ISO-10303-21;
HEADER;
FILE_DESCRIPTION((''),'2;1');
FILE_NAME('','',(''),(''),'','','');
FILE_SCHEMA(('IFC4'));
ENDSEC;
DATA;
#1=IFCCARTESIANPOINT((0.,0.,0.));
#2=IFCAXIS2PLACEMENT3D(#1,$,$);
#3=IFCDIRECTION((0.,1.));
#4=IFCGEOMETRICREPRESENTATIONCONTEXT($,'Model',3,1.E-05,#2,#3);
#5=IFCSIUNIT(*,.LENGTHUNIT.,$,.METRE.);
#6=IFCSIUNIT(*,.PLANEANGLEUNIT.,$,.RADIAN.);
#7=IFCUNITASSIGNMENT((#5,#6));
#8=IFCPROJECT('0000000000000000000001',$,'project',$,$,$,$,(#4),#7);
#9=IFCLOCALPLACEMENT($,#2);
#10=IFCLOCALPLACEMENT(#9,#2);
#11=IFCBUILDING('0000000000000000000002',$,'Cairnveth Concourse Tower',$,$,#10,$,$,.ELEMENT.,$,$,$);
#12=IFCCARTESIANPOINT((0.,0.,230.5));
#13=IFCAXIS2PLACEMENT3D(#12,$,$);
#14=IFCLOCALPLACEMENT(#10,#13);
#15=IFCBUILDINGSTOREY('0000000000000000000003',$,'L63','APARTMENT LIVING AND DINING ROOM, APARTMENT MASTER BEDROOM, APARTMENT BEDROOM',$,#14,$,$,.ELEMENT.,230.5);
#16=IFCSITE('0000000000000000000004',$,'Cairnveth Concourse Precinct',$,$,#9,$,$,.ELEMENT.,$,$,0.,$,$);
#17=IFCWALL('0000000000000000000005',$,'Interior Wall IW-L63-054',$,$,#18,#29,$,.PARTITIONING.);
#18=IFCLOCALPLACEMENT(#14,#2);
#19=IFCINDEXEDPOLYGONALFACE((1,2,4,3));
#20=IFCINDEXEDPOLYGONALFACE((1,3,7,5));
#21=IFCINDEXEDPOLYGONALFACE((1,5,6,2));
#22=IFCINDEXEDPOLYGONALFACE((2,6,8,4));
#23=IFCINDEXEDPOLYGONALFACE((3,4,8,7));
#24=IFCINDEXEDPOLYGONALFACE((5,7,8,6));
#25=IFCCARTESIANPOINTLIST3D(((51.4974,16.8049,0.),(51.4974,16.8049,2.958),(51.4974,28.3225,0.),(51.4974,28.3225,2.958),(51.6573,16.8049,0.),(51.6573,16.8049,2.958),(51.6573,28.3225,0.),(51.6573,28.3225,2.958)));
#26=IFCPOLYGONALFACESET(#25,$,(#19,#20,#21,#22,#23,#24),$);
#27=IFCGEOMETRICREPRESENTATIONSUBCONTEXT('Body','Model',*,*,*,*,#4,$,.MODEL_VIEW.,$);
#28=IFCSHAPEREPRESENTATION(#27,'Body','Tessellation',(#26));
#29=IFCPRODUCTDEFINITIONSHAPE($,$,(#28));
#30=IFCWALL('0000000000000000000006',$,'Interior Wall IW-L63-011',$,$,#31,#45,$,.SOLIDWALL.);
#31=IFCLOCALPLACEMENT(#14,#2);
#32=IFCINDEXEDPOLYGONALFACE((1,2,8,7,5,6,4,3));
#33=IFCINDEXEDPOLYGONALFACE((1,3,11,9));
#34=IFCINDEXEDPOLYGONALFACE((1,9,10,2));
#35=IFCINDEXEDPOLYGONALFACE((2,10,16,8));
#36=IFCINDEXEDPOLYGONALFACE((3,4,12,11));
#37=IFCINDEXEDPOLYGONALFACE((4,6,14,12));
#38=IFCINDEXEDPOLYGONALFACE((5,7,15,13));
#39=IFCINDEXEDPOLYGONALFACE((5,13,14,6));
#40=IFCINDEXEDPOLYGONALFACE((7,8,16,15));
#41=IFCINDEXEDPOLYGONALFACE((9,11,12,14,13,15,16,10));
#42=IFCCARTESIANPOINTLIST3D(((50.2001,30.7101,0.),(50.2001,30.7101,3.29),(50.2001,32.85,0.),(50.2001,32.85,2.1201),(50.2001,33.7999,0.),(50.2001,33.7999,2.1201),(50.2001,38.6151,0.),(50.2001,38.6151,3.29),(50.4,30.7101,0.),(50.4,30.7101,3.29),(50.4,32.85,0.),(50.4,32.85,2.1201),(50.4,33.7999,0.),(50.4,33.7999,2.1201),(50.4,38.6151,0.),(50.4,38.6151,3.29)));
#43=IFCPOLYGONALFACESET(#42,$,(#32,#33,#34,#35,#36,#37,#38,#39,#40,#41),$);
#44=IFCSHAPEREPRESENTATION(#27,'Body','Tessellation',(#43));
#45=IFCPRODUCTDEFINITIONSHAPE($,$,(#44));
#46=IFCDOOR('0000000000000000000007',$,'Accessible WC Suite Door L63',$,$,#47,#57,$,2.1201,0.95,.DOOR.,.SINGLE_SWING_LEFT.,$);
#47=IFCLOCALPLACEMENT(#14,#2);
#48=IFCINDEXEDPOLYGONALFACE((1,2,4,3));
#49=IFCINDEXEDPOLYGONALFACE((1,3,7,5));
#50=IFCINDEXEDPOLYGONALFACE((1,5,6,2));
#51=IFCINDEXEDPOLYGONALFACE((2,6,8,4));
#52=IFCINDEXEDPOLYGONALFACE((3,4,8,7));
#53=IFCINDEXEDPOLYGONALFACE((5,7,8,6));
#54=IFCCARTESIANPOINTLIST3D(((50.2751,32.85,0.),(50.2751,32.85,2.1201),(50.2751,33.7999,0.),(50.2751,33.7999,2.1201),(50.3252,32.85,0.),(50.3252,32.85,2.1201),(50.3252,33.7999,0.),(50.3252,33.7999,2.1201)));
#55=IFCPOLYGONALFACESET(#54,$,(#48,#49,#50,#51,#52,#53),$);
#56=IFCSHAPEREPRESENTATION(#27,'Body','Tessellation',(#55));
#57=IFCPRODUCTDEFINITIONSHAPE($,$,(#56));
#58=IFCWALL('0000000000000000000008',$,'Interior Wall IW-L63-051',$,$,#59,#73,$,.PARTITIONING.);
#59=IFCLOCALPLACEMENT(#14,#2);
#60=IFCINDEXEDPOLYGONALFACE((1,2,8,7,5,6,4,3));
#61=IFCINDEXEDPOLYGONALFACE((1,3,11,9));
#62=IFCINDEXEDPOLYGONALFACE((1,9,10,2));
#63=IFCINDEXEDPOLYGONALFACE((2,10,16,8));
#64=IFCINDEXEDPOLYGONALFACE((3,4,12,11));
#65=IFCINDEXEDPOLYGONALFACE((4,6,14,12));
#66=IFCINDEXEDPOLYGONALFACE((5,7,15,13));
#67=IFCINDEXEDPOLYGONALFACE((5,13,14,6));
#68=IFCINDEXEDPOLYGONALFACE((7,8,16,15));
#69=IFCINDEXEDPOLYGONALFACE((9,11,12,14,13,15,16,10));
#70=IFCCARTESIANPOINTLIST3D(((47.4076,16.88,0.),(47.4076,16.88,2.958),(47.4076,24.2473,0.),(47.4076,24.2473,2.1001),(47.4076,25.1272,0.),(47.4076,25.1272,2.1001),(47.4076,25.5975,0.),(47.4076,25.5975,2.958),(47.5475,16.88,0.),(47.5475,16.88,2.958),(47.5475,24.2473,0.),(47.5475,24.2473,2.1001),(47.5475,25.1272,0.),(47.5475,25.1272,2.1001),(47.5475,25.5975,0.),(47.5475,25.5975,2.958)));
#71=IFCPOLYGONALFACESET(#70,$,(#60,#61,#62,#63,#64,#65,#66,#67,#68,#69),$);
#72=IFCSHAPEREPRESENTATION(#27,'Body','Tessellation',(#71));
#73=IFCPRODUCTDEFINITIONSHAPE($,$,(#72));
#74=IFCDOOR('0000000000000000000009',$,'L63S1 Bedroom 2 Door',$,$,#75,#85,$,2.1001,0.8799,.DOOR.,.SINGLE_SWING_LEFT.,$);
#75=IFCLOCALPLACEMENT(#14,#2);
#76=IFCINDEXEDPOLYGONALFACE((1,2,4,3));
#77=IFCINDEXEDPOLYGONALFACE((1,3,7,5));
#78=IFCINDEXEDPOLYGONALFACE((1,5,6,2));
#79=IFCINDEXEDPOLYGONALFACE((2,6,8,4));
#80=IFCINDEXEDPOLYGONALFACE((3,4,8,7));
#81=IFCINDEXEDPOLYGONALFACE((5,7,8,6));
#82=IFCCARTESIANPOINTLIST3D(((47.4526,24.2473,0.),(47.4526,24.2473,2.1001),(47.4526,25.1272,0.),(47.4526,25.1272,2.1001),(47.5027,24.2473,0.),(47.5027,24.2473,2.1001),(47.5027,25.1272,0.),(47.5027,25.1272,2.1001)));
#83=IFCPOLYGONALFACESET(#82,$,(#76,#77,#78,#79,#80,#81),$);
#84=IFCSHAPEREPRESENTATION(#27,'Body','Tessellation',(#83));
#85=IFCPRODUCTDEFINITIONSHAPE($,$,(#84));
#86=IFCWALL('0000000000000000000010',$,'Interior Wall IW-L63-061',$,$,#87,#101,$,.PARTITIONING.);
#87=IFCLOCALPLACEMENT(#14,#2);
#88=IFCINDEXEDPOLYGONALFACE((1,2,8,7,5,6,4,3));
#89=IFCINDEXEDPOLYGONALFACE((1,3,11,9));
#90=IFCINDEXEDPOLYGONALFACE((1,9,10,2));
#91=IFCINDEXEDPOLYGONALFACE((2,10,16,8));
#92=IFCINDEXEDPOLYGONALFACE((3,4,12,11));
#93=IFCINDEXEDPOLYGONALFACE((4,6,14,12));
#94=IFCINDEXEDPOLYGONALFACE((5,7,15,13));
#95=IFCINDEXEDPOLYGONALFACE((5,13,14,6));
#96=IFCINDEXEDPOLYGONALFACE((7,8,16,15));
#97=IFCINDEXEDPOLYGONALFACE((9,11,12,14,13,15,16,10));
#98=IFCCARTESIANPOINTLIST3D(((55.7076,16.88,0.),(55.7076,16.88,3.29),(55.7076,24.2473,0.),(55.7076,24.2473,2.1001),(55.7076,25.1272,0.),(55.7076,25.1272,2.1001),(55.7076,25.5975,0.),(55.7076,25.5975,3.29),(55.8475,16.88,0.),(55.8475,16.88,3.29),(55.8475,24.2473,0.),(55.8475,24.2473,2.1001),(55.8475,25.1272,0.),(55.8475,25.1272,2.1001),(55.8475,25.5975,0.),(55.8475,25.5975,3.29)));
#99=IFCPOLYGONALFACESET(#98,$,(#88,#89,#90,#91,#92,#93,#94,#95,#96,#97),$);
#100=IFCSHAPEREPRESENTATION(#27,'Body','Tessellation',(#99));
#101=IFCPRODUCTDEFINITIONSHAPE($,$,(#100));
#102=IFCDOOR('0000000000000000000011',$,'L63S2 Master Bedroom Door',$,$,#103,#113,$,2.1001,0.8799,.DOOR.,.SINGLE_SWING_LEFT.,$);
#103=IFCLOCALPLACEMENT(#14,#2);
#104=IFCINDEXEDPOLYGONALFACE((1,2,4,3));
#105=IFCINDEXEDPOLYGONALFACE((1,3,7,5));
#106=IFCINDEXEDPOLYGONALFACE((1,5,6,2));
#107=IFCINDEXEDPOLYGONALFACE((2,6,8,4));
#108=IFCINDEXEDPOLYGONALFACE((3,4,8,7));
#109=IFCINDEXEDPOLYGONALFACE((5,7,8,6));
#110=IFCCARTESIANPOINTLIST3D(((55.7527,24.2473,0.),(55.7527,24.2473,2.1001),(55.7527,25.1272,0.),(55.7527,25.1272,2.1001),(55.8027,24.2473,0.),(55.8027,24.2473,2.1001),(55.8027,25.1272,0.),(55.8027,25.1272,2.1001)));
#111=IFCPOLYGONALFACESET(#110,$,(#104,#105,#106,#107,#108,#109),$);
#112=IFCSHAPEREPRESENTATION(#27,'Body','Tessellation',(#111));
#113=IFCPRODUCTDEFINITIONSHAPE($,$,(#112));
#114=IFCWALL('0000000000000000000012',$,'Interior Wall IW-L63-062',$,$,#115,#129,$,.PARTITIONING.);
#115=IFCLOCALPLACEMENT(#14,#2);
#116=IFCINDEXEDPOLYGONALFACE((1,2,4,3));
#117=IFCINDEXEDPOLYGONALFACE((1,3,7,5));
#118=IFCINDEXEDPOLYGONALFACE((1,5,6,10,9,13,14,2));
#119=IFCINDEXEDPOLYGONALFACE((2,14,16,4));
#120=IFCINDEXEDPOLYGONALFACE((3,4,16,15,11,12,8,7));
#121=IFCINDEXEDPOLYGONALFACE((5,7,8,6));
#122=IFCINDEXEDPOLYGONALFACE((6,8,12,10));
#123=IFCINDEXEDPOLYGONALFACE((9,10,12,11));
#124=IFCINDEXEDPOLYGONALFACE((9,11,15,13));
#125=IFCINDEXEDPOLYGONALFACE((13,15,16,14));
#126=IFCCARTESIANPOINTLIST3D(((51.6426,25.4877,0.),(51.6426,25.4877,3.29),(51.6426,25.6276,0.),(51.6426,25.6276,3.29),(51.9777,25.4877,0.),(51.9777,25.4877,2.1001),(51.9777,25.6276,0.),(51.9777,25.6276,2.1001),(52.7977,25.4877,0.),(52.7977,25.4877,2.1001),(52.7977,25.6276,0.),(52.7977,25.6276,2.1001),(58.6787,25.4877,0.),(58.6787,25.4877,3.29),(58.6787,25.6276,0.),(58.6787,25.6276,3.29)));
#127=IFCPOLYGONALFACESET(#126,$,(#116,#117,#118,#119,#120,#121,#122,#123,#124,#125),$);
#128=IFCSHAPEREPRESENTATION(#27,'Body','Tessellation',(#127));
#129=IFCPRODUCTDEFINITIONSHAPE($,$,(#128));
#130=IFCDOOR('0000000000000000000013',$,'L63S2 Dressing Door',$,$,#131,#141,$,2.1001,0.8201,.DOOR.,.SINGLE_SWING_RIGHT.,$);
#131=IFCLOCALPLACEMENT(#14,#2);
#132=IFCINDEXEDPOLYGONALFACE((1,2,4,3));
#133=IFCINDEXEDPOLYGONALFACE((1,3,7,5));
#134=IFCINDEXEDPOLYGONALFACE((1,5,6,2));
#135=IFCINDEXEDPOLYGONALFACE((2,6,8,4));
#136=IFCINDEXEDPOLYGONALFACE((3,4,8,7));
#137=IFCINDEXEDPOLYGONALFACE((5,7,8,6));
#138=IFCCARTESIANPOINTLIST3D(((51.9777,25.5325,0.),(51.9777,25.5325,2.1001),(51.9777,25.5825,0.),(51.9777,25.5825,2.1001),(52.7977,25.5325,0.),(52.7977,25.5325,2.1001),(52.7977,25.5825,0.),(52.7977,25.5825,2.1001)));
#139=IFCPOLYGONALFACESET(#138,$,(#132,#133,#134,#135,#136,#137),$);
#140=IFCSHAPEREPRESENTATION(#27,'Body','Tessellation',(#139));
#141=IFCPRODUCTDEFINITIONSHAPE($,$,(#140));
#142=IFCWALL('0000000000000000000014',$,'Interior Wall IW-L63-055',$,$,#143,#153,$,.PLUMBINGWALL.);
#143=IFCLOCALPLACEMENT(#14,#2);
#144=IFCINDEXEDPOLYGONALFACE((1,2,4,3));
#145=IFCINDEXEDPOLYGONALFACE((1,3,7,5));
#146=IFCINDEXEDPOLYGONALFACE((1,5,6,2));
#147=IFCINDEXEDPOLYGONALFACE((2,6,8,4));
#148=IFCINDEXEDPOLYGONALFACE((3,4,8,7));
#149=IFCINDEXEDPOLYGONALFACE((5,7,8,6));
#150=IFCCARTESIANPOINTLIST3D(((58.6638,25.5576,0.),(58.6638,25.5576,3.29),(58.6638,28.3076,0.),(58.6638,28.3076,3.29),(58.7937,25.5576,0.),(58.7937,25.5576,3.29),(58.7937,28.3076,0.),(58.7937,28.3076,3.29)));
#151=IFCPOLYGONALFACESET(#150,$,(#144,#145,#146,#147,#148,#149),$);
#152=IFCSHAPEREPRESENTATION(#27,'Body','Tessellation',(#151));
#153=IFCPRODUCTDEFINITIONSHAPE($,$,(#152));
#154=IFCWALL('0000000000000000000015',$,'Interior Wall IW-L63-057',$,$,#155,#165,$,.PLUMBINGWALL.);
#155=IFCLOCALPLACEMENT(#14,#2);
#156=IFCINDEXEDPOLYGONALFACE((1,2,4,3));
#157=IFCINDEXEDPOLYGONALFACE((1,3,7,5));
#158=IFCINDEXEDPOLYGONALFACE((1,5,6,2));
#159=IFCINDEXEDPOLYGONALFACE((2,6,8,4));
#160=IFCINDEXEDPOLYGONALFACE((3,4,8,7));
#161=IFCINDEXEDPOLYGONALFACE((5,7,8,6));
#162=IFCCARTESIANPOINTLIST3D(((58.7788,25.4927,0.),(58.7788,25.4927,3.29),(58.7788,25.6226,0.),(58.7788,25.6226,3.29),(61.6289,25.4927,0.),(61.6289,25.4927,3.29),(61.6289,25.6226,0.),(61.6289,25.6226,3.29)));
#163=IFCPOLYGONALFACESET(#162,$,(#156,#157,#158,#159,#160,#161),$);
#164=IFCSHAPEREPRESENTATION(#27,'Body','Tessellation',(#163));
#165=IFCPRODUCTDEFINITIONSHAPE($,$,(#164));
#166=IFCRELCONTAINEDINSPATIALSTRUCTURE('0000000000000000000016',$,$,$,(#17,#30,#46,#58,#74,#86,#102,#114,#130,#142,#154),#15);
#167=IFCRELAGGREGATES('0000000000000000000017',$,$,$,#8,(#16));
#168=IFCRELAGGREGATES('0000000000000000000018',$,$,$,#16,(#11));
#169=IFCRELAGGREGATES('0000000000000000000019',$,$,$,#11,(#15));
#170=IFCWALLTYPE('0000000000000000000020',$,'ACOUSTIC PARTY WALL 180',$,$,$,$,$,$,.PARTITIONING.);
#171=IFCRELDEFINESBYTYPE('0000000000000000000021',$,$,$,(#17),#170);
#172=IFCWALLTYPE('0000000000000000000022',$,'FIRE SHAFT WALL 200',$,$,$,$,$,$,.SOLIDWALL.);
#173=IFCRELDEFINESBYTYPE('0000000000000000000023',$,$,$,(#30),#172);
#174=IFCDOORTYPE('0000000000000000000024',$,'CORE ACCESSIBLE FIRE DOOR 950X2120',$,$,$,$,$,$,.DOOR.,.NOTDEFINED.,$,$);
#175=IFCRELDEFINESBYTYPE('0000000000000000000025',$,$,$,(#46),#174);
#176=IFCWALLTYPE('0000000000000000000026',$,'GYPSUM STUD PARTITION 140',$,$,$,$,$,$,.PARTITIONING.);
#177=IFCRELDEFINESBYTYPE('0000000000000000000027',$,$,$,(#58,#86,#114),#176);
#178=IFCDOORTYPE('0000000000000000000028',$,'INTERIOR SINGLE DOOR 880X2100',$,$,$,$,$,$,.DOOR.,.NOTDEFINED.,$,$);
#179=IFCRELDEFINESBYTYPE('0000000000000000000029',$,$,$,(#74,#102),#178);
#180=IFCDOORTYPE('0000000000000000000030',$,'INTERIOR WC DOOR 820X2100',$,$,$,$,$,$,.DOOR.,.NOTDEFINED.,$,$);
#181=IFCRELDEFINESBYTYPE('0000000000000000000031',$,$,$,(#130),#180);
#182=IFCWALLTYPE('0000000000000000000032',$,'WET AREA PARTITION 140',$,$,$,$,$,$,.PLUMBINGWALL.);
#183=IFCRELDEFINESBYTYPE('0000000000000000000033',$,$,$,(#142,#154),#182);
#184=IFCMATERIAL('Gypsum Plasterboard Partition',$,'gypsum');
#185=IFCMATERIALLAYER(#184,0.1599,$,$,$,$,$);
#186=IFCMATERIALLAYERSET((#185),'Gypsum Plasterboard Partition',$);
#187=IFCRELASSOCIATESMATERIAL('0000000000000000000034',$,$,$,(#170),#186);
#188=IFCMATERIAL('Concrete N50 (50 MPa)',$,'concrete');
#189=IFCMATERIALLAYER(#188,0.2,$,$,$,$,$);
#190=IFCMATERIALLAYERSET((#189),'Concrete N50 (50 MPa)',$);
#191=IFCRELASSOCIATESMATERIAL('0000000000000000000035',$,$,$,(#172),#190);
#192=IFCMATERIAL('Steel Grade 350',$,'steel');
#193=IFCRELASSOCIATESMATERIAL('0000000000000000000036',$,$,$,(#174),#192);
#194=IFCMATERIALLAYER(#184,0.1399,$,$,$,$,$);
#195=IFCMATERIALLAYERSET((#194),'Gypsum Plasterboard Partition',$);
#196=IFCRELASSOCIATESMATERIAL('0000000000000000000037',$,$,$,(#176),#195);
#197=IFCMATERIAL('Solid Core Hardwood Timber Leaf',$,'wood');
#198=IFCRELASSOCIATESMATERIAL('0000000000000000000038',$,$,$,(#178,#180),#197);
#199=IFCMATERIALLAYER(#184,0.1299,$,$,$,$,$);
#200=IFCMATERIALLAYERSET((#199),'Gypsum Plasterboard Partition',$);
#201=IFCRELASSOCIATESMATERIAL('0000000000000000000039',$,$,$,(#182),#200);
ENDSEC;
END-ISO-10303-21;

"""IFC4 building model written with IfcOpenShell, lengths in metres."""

from ifc_helpers import new_model, si_unit, direction, frame, frame_2d, origin, place, context, subcontext, project, spatial, rectangle, extrude, material, layer, layer_set, type_object, element, fill, save


model = new_model("IFC4")

# Units and contexts
model_context = context("Model", 3, precision=1e-05, world=origin(), true_north=direction((0.0, 1.0)))
body_context = subcontext(model_context, "Body", "Model", "MODEL_VIEW")
ifc_project = project(units=[si_unit("LENGTHUNIT", "METRE"), si_unit("PLANEANGLEUNIT", "RADIAN")], contexts=[model_context])

# Site, building, storey
site_placement = place(None, origin())
site = spatial("IfcSite", under=ifc_project, at=site_placement, Name="Cairnveth Concourse Precinct", CompositionType="ELEMENT", RefElevation=0.0)
building_placement = place(site_placement, origin())
building = spatial("IfcBuilding", under=site, at=building_placement, Name="Cairnveth Concourse Tower", CompositionType="ELEMENT")
storey_placement = place(building_placement, frame((0.0, 0.0, 230.5)))
storey = spatial("IfcBuildingStorey", under=building, at=storey_placement, Name="L63", Description="APARTMENT LIVING AND DINING ROOM, APARTMENT MASTER BEDROOM, APARTMENT BEDROOM", CompositionType="ELEMENT", Elevation=230.5)

# Shared definitions
ifc_material_1 = material(Name="Steel Grade 350", Category="steel")

# Shared definitions
ifc_material_2 = material(Name="Gypsum Plasterboard Partition", Category="gypsum")
ifc_layer_1 = layer(ifc_material_2, 0.1599)
ifc_layer_set_1 = layer_set([ifc_layer_1], Name="Gypsum Plasterboard Partition")
wall_type_1 = type_object("IfcWallType", Name="ACOUSTIC PARTY WALL 180", PredefinedType="PARTITIONING", material=ifc_layer_set_1)

# Wall
wall_1_placement = place(storey_placement, frame((51.5774, 16.8049, 0.0), z_axis=(0.0, 0.0, 1.0), x_axis=(0.0, 1.0, 0.0)))
element("IfcWall", 1, at=wall_1_placement, inside=storey, type_object=wall_type_1, Name="Interior Wall IW-L63-054", PredefinedType="PARTITIONING", context=body_context, shape_type="SweptSolid", body=[
    extrude(rectangle(XDim=11.5176, YDim=0.1599, at=frame_2d((5.7588, 0.0))), origin(), (0.0, 0.0, 1.0), 2.958),
])

# Walls, openings, doors
ifc_material_3 = material(Name="Concrete N50 (50 MPa)", Category="concrete")
ifc_layer_2 = layer(ifc_material_3, 0.2)
ifc_layer_set_2 = layer_set([ifc_layer_2], Name="Concrete N50 (50 MPa)")
wall_type_2 = type_object("IfcWallType", Name="FIRE SHAFT WALL 200", PredefinedType="SOLIDWALL", material=ifc_layer_set_2)
wall_2_placement = place(storey_placement, frame((50.3, 30.71, 0.0), z_axis=(0.0, 0.0, 1.0), x_axis=(0.0, 1.0, 0.0)))
wall_2 = element("IfcWall", 2, at=wall_2_placement, inside=storey, type_object=wall_type_2, Name="Interior Wall IW-L63-011", PredefinedType="SOLIDWALL", context=body_context, shape_type="SweptSolid", body=[
    extrude(rectangle(XDim=7.905, YDim=0.2, at=frame_2d((3.9526, 0.0))), origin(), (0.0, 0.0, 1.0), 3.29),
])
opening_1_placement = place(wall_2_placement, frame((2.1399, 0.0, 0.0)))
opening_1 = element("IfcOpeningElement", 3, at=opening_1_placement, cuts=wall_2, PredefinedType="OPENING", context=body_context, shape_type="SweptSolid", body=[
    extrude(rectangle(XDim=0.95, YDim=2.1201, at=frame_2d((0.4751, 1.0601))), frame((0.0, 0.1099, 0.0), z_axis=(0.0, -1.0, 0.0), x_axis=(1.0, 0.0, 0.0)), (0.0, 0.0, 1.0), 0.22),
])
door_type_1 = type_object("IfcDoorType", Name="CORE ACCESSIBLE FIRE DOOR 950X2120", OperationType="NOTDEFINED", PredefinedType="DOOR", material=ifc_material_1)
door_1_placement = place(opening_1_placement, origin())
door_1 = element("IfcDoor", 4, at=door_1_placement, inside=storey, type_object=door_type_1, Name="Accessible WC Suite Door L63", OperationType="SINGLE_SWING_LEFT", OverallHeight=2.1201, OverallWidth=0.95, PredefinedType="DOOR", context=body_context, shape_type="SweptSolid", body=[
    extrude(rectangle(XDim=0.95, YDim=2.1201, at=frame_2d((0.4751, 1.0601))), frame((0.0, 0.0249, 0.0), z_axis=(0.0, -1.0, 0.0), x_axis=(1.0, 0.0, 0.0)), (0.0, 0.0, 1.0), 0.05),
])
fill(opening_1, door_1)
ifc_layer_3 = layer(ifc_material_2, 0.1399)
ifc_layer_set_3 = layer_set([ifc_layer_3], Name="Gypsum Plasterboard Partition")
wall_type_3 = type_object("IfcWallType", Name="GYPSUM STUD PARTITION 140", PredefinedType="PARTITIONING", material=ifc_layer_set_3)
wall_3_placement = place(storey_placement, frame((47.4775, 16.8799, 0.0), z_axis=(0.0, 0.0, 1.0), x_axis=(0.0, 1.0, 0.0)))
wall_3 = element("IfcWall", 5, at=wall_3_placement, inside=storey, type_object=wall_type_3, Name="Interior Wall IW-L63-051", PredefinedType="PARTITIONING", context=body_context, shape_type="SweptSolid", body=[
    extrude(rectangle(XDim=8.7175, YDim=0.1399, at=frame_2d((4.3589, 0.0))), origin(), (0.0, 0.0, 1.0), 2.958),
])
opening_2_placement = place(wall_3_placement, frame((7.3674, 0.0, 0.0)))
opening_2 = element("IfcOpeningElement", 6, at=opening_2_placement, cuts=wall_3, PredefinedType="OPENING", context=body_context, shape_type="SweptSolid", body=[
    extrude(rectangle(XDim=0.8799, YDim=2.1001, at=frame_2d((0.4399, 1.05))), frame((0.0, 0.0798, 0.0), z_axis=(0.0, -1.0, 0.0), x_axis=(1.0, 0.0, 0.0)), (0.0, 0.0, 1.0), 0.1599),
])
ifc_material_4 = material(Name="Solid Core Hardwood Timber Leaf", Category="wood")
door_type_2 = type_object("IfcDoorType", Name="INTERIOR SINGLE DOOR 880X2100", OperationType="NOTDEFINED", PredefinedType="DOOR", material=ifc_material_4)
door_2_placement = place(opening_2_placement, origin())
door_2 = element("IfcDoor", 7, at=door_2_placement, inside=storey, type_object=door_type_2, Name="L63S1 Bedroom 2 Door", OperationType="SINGLE_SWING_LEFT", OverallHeight=2.1001, OverallWidth=0.8799, PredefinedType="DOOR", context=body_context, shape_type="SweptSolid", body=[
    extrude(rectangle(XDim=0.8799, YDim=2.1001, at=frame_2d((0.4399, 1.05))), frame((0.0, 0.0249, 0.0), z_axis=(0.0, -1.0, 0.0), x_axis=(1.0, 0.0, 0.0)), (0.0, 0.0, 1.0), 0.05),
])
fill(opening_2, door_2)
wall_4_placement = place(storey_placement, frame((55.7776, 16.8799, 0.0), z_axis=(0.0, 0.0, 1.0), x_axis=(0.0, 1.0, 0.0)))
wall_4 = element("IfcWall", 8, at=wall_4_placement, inside=storey, type_object=wall_type_3, Name="Interior Wall IW-L63-061", PredefinedType="PARTITIONING", context=body_context, shape_type="SweptSolid", body=[
    extrude(rectangle(XDim=8.7175, YDim=0.1399, at=frame_2d((4.3589, 0.0))), origin(), (0.0, 0.0, 1.0), 3.29),
])
opening_3_placement = place(wall_4_placement, frame((7.3674, 0.0, 0.0)))
opening_3 = element("IfcOpeningElement", 9, at=opening_3_placement, cuts=wall_4, PredefinedType="OPENING", context=body_context, shape_type="SweptSolid", body=[
    extrude(rectangle(XDim=0.8799, YDim=2.1001, at=frame_2d((0.4399, 1.05))), frame((0.0, 0.0798, 0.0), z_axis=(0.0, -1.0, 0.0), x_axis=(1.0, 0.0, 0.0)), (0.0, 0.0, 1.0), 0.1599),
])
door_3_placement = place(opening_3_placement, origin())
door_3 = element("IfcDoor", 10, at=door_3_placement, inside=storey, type_object=door_type_2, Name="L63S2 Master Bedroom Door", OperationType="SINGLE_SWING_LEFT", OverallHeight=2.1001, OverallWidth=0.8799, PredefinedType="DOOR", context=body_context, shape_type="SweptSolid", body=[
    extrude(rectangle(XDim=0.8799, YDim=2.1001, at=frame_2d((0.4399, 1.05))), frame((0.0, 0.0249, 0.0), z_axis=(0.0, -1.0, 0.0), x_axis=(1.0, 0.0, 0.0)), (0.0, 0.0, 1.0), 0.05),
])
fill(opening_3, door_3)
wall_5_placement = place(storey_placement, frame((51.6426, 25.5576, 0.0), z_axis=(0.0, 0.0, 1.0), x_axis=(1.0, 0.0, 0.0)))
wall_5 = element("IfcWall", 11, at=wall_5_placement, inside=storey, type_object=wall_type_3, Name="Interior Wall IW-L63-062", PredefinedType="PARTITIONING", context=body_context, shape_type="SweptSolid", body=[
    extrude(rectangle(XDim=7.0361, YDim=0.1399, at=frame_2d((3.5181, 0.0))), origin(), (0.0, 0.0, 1.0), 3.29),
])
opening_4_placement = place(wall_5_placement, frame((0.335, 0.0, 0.0)))
opening_4 = element("IfcOpeningElement", 12, at=opening_4_placement, cuts=wall_5, PredefinedType="OPENING", context=body_context, shape_type="SweptSolid", body=[
    extrude(rectangle(XDim=0.8201, YDim=2.1001, at=frame_2d((0.4102, 1.05))), frame((0.0, 0.0798, 0.0), z_axis=(0.0, -1.0, 0.0), x_axis=(1.0, 0.0, 0.0)), (0.0, 0.0, 1.0), 0.1599),
])
door_type_3 = type_object("IfcDoorType", Name="INTERIOR WC DOOR 820X2100", OperationType="NOTDEFINED", PredefinedType="DOOR", material=ifc_material_4)
door_4_placement = place(opening_4_placement, origin())
door_4 = element("IfcDoor", 13, at=door_4_placement, inside=storey, type_object=door_type_3, Name="L63S2 Dressing Door", OperationType="SINGLE_SWING_RIGHT", OverallHeight=2.1001, OverallWidth=0.8201, PredefinedType="DOOR", context=body_context, shape_type="SweptSolid", body=[
    extrude(rectangle(XDim=0.8201, YDim=2.1001, at=frame_2d((0.4102, 1.05))), frame((0.0, 0.0249, 0.0), z_axis=(0.0, -1.0, 0.0), x_axis=(1.0, 0.0, 0.0)), (0.0, 0.0, 1.0), 0.05),
])
fill(opening_4, door_4)

# Walls
ifc_layer_4 = layer(ifc_material_2, 0.1299)
ifc_layer_set_4 = layer_set([ifc_layer_4], Name="Gypsum Plasterboard Partition")
wall_type_4 = type_object("IfcWallType", Name="WET AREA PARTITION 140", PredefinedType="PLUMBINGWALL", material=ifc_layer_set_4)
wall_6_placement = place(storey_placement, frame((58.7288, 25.5576, 0.0), z_axis=(0.0, 0.0, 1.0), x_axis=(0.0, 1.0, 0.0)))
element("IfcWall", 14, at=wall_6_placement, inside=storey, type_object=wall_type_4, Name="Interior Wall IW-L63-055", PredefinedType="PLUMBINGWALL", context=body_context, shape_type="SweptSolid", body=[
    extrude(rectangle(XDim=2.75, YDim=0.1299, at=frame_2d((1.375, 0.0))), origin(), (0.0, 0.0, 1.0), 3.29),
])
wall_7_placement = place(storey_placement, frame((58.7788, 25.5576, 0.0), z_axis=(0.0, 0.0, 1.0), x_axis=(1.0, 0.0, 0.0)))
element("IfcWall", 15, at=wall_7_placement, inside=storey, type_object=wall_type_4, Name="Interior Wall IW-L63-057", PredefinedType="PLUMBINGWALL", context=body_context, shape_type="SweptSolid", body=[
    extrude(rectangle(XDim=2.8501, YDim=0.1299, at=frame_2d((1.425, 0.0))), origin(), (0.0, 0.0, 1.0), 3.29),
])

save(model, "model.ifc")
